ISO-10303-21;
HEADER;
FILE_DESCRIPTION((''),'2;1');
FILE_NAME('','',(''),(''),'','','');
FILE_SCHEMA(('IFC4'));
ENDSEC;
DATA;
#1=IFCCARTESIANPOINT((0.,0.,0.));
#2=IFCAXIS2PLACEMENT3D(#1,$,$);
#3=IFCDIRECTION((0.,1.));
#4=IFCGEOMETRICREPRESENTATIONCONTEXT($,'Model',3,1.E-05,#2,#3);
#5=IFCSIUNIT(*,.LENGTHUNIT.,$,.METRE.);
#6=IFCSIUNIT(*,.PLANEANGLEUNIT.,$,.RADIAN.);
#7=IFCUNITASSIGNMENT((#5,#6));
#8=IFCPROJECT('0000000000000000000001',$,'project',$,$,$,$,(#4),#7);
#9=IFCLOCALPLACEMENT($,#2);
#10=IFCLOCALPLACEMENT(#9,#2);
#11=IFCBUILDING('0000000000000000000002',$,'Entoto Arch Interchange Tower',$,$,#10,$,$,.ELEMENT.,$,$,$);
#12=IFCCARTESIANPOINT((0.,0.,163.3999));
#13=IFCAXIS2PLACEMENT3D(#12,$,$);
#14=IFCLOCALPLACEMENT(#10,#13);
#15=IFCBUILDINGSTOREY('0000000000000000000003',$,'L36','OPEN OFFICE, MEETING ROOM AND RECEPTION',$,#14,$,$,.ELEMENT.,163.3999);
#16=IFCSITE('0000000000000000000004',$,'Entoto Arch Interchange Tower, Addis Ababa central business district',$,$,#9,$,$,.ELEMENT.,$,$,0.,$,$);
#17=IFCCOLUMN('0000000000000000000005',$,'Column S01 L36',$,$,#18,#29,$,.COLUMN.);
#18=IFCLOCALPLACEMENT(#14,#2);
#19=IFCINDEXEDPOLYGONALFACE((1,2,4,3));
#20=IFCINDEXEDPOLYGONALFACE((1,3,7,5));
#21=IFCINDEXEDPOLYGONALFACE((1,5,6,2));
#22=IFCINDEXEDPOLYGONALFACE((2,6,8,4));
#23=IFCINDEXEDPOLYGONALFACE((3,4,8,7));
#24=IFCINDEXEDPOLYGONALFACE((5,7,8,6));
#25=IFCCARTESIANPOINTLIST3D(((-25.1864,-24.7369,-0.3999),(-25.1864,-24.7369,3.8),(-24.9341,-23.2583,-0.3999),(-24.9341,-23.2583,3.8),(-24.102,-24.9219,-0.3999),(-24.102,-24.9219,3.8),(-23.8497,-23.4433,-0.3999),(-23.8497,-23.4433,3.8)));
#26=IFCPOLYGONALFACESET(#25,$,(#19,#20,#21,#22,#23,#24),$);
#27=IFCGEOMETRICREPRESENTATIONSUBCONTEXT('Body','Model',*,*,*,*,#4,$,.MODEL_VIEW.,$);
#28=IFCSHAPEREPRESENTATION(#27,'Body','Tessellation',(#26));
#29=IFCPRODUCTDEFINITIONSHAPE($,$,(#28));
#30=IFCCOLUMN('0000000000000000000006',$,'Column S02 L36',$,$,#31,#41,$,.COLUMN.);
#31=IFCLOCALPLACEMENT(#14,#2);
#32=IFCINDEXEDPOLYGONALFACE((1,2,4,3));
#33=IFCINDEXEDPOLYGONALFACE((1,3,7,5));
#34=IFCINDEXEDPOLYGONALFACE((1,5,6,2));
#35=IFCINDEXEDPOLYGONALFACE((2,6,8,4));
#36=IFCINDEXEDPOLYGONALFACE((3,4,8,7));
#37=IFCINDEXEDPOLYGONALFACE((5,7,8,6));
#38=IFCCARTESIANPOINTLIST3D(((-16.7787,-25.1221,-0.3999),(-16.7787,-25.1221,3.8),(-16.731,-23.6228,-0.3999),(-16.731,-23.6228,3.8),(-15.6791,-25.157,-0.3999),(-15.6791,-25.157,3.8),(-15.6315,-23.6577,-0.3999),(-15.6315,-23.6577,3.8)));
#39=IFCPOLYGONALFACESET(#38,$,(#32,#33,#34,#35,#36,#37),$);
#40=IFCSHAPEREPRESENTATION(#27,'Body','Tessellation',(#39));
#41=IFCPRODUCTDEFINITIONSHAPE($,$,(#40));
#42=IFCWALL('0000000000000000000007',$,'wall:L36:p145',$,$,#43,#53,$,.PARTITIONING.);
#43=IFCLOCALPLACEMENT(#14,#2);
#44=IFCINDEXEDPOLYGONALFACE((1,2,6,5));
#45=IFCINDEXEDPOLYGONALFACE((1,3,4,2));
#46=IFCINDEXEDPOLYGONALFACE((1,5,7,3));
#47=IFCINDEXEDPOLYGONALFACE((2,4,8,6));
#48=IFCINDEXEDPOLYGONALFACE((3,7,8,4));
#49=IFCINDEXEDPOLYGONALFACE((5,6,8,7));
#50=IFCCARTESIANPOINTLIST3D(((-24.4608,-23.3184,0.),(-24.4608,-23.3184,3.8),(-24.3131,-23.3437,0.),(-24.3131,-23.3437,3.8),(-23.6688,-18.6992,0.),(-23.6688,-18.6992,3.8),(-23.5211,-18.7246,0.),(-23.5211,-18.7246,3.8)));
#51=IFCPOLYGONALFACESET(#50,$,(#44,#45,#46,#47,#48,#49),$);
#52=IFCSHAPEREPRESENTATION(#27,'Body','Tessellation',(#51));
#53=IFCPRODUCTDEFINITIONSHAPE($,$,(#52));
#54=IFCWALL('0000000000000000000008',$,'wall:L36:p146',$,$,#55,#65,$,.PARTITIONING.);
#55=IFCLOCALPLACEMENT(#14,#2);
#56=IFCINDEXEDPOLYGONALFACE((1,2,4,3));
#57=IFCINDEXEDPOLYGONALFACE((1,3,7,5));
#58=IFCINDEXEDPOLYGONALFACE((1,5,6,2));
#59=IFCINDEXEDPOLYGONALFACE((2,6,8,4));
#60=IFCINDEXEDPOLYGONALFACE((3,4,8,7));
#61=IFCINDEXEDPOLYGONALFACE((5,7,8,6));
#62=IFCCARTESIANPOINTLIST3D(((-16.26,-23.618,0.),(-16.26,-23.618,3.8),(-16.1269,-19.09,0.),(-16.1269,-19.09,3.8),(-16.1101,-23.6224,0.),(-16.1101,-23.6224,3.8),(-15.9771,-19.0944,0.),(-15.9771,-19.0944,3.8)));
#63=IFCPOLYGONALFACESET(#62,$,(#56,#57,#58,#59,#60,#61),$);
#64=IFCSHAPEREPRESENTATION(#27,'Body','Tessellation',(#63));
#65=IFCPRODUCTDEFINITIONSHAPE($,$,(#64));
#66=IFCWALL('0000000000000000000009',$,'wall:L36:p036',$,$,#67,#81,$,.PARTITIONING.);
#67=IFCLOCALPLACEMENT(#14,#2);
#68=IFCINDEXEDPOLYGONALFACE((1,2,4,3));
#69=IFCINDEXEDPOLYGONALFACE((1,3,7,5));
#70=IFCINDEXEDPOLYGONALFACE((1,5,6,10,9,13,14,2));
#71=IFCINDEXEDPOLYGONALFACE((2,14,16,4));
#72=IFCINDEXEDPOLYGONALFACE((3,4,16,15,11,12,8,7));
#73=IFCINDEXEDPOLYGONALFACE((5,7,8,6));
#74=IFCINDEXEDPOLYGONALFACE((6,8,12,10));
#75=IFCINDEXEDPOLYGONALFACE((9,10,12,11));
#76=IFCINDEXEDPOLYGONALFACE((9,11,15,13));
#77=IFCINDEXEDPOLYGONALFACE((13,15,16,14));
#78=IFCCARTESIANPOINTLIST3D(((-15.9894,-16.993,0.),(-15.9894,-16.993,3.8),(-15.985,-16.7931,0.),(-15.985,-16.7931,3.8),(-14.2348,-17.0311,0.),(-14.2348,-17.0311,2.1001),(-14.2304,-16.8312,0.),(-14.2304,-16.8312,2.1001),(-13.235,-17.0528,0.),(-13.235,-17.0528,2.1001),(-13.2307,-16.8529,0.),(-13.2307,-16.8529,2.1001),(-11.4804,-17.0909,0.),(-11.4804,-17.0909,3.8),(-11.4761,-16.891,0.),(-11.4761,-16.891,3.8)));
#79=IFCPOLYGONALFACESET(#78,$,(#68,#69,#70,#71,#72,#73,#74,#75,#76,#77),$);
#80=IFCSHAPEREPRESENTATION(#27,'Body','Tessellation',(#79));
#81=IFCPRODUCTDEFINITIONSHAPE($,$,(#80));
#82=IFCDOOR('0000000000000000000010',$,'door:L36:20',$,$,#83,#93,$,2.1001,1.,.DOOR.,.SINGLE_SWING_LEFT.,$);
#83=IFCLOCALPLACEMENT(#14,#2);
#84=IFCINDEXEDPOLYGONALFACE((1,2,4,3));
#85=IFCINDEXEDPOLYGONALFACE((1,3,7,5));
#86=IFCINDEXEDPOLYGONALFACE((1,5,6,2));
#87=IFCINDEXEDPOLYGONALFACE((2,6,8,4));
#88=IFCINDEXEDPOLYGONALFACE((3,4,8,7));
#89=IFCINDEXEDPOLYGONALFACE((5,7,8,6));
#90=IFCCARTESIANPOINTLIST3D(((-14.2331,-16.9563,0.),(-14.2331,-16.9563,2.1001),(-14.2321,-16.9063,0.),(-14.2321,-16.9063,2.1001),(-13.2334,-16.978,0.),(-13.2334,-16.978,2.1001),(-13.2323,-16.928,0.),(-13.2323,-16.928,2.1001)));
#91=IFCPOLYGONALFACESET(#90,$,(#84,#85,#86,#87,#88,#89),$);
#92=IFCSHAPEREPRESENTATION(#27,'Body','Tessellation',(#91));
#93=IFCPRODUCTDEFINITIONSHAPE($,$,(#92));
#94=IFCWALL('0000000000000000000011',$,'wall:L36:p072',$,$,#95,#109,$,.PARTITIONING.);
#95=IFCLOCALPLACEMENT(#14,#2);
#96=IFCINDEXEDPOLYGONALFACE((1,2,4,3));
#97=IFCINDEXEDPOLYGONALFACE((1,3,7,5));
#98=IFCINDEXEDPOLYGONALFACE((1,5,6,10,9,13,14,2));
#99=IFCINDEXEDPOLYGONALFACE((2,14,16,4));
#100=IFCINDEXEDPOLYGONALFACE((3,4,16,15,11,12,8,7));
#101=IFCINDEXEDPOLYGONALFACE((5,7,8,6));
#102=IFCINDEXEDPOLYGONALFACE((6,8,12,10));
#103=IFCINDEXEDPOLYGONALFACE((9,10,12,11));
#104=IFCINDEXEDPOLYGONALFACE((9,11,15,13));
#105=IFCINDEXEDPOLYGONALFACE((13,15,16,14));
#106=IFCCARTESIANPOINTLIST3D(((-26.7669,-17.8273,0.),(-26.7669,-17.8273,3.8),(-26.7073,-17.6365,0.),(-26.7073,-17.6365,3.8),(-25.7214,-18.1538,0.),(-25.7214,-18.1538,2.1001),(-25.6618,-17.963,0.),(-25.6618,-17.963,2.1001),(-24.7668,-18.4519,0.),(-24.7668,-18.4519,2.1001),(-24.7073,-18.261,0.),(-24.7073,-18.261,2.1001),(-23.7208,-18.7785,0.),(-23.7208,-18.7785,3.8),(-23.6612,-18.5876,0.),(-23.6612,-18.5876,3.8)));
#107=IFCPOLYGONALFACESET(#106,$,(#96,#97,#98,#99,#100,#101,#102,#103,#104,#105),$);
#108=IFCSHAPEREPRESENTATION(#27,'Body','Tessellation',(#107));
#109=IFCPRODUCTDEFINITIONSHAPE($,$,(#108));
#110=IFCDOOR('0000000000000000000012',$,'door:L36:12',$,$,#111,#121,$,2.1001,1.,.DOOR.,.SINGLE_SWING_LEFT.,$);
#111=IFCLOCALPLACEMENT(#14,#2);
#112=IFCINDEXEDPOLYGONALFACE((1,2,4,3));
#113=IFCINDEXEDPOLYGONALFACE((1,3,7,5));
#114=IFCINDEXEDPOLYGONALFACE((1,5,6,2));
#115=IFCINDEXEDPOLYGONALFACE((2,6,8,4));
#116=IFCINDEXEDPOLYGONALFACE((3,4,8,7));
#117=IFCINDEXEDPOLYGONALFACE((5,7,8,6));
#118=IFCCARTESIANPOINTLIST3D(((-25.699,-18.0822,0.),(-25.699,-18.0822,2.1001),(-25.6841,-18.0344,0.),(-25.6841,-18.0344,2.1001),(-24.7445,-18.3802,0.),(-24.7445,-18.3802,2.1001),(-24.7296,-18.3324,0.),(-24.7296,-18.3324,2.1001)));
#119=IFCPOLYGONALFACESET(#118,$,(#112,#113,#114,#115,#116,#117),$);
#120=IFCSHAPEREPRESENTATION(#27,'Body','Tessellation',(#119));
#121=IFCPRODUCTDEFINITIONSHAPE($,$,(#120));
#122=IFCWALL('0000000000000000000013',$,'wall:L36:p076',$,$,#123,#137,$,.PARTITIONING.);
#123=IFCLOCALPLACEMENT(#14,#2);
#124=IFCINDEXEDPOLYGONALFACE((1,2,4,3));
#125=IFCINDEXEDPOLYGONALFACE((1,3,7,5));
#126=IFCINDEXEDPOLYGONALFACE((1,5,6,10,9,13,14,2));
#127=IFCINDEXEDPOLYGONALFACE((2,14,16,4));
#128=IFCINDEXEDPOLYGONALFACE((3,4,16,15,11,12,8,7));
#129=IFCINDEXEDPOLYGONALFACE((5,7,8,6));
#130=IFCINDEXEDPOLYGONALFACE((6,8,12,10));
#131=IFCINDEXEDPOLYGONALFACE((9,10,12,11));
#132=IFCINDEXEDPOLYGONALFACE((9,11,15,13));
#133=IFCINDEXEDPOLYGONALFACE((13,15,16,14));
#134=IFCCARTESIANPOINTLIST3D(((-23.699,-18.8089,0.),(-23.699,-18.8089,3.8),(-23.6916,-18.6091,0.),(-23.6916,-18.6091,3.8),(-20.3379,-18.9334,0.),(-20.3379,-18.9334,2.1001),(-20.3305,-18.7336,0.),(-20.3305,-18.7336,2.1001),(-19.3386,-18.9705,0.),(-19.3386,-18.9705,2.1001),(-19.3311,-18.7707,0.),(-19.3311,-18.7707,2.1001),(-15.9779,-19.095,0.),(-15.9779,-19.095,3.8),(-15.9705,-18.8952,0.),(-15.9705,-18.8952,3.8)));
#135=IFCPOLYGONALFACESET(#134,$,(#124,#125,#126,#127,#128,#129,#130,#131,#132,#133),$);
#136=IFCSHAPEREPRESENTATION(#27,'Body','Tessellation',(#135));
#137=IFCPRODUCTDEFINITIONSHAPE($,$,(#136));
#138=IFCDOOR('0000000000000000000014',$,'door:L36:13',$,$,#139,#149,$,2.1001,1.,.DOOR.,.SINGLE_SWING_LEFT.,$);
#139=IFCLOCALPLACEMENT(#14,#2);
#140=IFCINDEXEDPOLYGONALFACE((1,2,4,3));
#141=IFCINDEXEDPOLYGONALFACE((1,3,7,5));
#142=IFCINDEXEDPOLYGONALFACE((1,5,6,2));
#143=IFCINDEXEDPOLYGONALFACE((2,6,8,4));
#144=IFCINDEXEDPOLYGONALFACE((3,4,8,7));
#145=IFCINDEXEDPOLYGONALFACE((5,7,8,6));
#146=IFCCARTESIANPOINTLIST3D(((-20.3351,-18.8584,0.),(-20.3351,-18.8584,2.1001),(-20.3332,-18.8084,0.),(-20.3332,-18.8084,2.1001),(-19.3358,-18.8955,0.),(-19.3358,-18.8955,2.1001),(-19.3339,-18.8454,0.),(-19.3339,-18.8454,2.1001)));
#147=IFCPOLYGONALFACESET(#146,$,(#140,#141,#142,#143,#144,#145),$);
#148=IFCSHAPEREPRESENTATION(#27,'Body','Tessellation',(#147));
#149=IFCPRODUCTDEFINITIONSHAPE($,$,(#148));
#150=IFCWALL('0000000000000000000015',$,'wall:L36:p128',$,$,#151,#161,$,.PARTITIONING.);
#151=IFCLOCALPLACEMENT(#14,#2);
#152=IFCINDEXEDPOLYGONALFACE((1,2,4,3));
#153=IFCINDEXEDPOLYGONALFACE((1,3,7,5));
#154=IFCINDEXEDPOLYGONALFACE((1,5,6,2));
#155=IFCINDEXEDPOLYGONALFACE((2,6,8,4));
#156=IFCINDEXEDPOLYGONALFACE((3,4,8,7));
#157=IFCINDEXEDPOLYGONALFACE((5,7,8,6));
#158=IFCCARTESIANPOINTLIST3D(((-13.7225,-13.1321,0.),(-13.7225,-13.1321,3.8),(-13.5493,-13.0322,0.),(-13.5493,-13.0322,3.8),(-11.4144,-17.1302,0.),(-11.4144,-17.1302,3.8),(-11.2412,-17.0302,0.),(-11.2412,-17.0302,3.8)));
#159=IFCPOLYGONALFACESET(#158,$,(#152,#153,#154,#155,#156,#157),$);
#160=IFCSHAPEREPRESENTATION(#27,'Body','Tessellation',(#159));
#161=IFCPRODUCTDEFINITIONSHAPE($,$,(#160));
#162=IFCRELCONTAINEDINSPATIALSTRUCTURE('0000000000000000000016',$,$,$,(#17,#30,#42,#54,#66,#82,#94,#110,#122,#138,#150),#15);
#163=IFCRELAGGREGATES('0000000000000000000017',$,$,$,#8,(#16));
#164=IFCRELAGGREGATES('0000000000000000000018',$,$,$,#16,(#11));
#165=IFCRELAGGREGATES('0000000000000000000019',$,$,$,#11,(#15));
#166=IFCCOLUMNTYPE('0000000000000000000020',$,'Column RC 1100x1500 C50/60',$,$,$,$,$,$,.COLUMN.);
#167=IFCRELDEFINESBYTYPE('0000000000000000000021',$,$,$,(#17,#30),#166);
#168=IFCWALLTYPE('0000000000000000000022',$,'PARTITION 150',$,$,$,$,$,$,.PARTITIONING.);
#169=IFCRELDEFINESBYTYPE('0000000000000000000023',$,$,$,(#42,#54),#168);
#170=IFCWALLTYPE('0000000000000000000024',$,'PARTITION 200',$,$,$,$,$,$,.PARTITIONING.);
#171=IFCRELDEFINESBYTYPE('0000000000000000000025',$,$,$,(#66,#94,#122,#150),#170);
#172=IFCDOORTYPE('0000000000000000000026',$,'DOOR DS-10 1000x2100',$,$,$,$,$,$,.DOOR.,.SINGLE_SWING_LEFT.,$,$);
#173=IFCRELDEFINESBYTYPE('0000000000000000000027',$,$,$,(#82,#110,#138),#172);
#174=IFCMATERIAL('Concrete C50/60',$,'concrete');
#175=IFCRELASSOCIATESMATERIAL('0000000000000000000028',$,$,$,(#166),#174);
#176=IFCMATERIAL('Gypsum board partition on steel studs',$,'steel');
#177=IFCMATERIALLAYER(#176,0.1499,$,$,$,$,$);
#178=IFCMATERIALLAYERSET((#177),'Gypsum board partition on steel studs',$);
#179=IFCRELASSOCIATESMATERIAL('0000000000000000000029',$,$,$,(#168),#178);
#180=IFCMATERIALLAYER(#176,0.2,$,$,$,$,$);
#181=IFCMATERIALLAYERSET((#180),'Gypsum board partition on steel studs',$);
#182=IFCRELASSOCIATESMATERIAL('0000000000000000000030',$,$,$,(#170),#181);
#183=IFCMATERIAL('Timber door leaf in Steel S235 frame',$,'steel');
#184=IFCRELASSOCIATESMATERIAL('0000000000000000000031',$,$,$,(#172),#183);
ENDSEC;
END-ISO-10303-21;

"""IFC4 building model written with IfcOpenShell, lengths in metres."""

from ifc_helpers import new_model, si_unit, direction, frame, frame_2d, origin, origin_2d, place, context, subcontext, project, spatial, rectangle, extrude, material, layer, layer_set, material_profile, profile_set, type_object, element, fill, save


model = new_model("IFC4")

# Units and contexts
model_context = context("Model", 3, precision=1e-05, world=origin(), true_north=direction((0.0, 1.0)))
body_context = subcontext(model_context, "Body", "Model", "MODEL_VIEW")
ifc_project = project(units=[si_unit("LENGTHUNIT", "METRE"), si_unit("PLANEANGLEUNIT", "RADIAN")], contexts=[model_context])

# Site, building, storey
site_placement = place(None, origin())
site = spatial("IfcSite", under=ifc_project, at=site_placement, Name="Entoto Arch Interchange Tower, Addis Ababa central business district", CompositionType="ELEMENT", RefElevation=0.0)
building_placement = place(site_placement, origin())
building = spatial("IfcBuilding", under=site, at=building_placement, Name="Entoto Arch Interchange Tower", CompositionType="ELEMENT")
storey_placement = place(building_placement, frame((0.0, 0.0, 163.3999)))
storey = spatial("IfcBuildingStorey", under=building, at=storey_placement, Name="L36", Description="OPEN OFFICE, MEETING ROOM AND RECEPTION", CompositionType="ELEMENT", Elevation=163.3999)

# Columns
ifc_material_1 = material(Name="Concrete C50/60", Category="concrete")
ifc_material_profile = material_profile(ifc_material_1, rectangle(XDim=1.1001, YDim=1.5, at=origin_2d()))
ifc_profile_set = profile_set([ifc_material_profile], Name="Concrete C50/60")
column_type = type_object("IfcColumnType", Name="Column RC 1100x1500 C50/60", PredefinedType="COLUMN", material=ifc_profile_set)
for number, where, z_axis, x_axis, name in (
    (1, (-24.5181, -24.0901, -0.3999), (0.0, 0.0, 1.0), (-0.985753, 0.168197, 0.0), "Column S01 L36"),
    (2, (-16.2051, -24.3899, -0.3999), (0.0, 0.0, 1.0), (-0.999496, 0.031742, 0.0), "Column S02 L36"),
):
    element("IfcColumn", number, at=place(storey_placement, frame(where, z_axis=z_axis, x_axis=x_axis)), inside=storey, type_object=column_type, Name=name, PredefinedType="COLUMN", context=body_context, shape_type="SweptSolid", body=[
        extrude(rectangle(XDim=1.1001, YDim=1.5, at=origin_2d()), origin(), (0.0, 0.0, 1.0), 4.2),
    ])

# Walls
ifc_material_2 = material(Name="Gypsum board partition on steel studs", Category="steel")
ifc_layer_1 = layer(ifc_material_2, 0.1499)
ifc_layer_set_1 = layer_set([ifc_layer_1], Name="Gypsum board partition on steel studs")
wall_type_1 = type_object("IfcWallType", Name="PARTITION 150", PredefinedType="PARTITIONING", material=ifc_layer_set_1)
wall_1_placement = place(storey_placement, frame((-23.595, -18.7119, 0.0), z_axis=(0.0, 0.0, 1.0), x_axis=(-0.168993, -0.985617, 0.0)))
element("IfcWall", 3, at=wall_1_placement, inside=storey, type_object=wall_type_1, Name="wall:L36:p145", PredefinedType="PARTITIONING", context=body_context, shape_type="SweptSolid", body=[
    extrude(rectangle(XDim=4.6865, YDim=0.1499, at=frame_2d((2.3433, 0.0))), origin(), (0.0, 0.0, 1.0), 3.8),
])
wall_2_placement = place(storey_placement, frame((-16.052, -19.092, 0.0), z_axis=(0.0, 0.0, 1.0), x_axis=(-0.029372, -0.999569, 0.0)))
element("IfcWall", 4, at=wall_2_placement, inside=storey, type_object=wall_type_1, Name="wall:L36:p146", PredefinedType="PARTITIONING", context=body_context, shape_type="SweptSolid", body=[
    extrude(rectangle(XDim=4.53, YDim=0.1499, at=frame_2d((2.2651, 0.0))), origin(), (0.0, 0.0, 1.0), 3.8),
])

# Walls, openings, doors
ifc_layer_2 = layer(ifc_material_2, 0.2)
ifc_layer_set_2 = layer_set([ifc_layer_2], Name="Gypsum board partition on steel studs")
wall_type_2 = type_object("IfcWallType", Name="PARTITION 200", PredefinedType="PARTITIONING", material=ifc_layer_set_2)
wall_3_placement = place(storey_placement, frame((-15.9871, -16.8931, 0.0), z_axis=(0.0, 0.0, 1.0), x_axis=(0.999764, -0.021707, 0.0)))
wall_3 = element("IfcWall", 5, at=wall_3_placement, inside=storey, type_object=wall_type_2, Name="wall:L36:p036", PredefinedType="PARTITIONING", context=body_context, shape_type="SweptSolid", body=[
    extrude(rectangle(XDim=4.51, YDim=0.2, at=frame_2d((2.2549, 0.0))), origin(), (0.0, 0.0, 1.0), 3.8),
])
opening_1_placement = place(wall_3_placement, frame((1.7549, 0.0, 0.0)))
opening_1 = element("IfcOpeningElement", 6, at=opening_1_placement, cuts=wall_3, PredefinedType="OPENING", context=body_context, shape_type="SweptSolid", body=[
    extrude(rectangle(XDim=1.0, YDim=2.1001, at=frame_2d((0.5, 1.05))), frame((0.0, 0.1099, 0.0), z_axis=(0.0, -1.0, 0.0), x_axis=(1.0, 0.0, 0.0)), (0.0, 0.0, 1.0), 0.22),
])
ifc_material_3 = material(Name="Timber door leaf in Steel S235 frame", Category="steel")
door_type = type_object("IfcDoorType", Name="DOOR DS-10 1000x2100", OperationType="SINGLE_SWING_LEFT", PredefinedType="DOOR", material=ifc_material_3)
door_1_placement = place(opening_1_placement, origin())
door_1 = element("IfcDoor", 7, at=door_1_placement, inside=storey, type_object=door_type, Name="door:L36:20", OperationType="SINGLE_SWING_LEFT", OverallHeight=2.1001, OverallWidth=1.0, PredefinedType="DOOR", context=body_context, shape_type="SweptSolid", body=[
    extrude(rectangle(XDim=1.0, YDim=2.1001, at=frame_2d((0.5, 1.05))), frame((0.0, 0.0249, 0.0), z_axis=(0.0, -1.0, 0.0), x_axis=(1.0, 0.0, 0.0)), (0.0, 0.0, 1.0), 0.05),
])
fill(opening_1, door_1)
wall_4_placement = place(storey_placement, frame((-23.6909, -18.6831, 0.0), z_axis=(0.0, 0.0, 1.0), x_axis=(-0.954547, 0.298062, 0.0)))
wall_4 = element("IfcWall", 8, at=wall_4_placement, inside=storey, type_object=wall_type_2, Name="wall:L36:p072", PredefinedType="PARTITIONING", context=body_context, shape_type="SweptSolid", body=[
    extrude(rectangle(XDim=3.1912, YDim=0.2, at=frame_2d((1.5957, 0.0))), origin(), (0.0, 0.0, 1.0), 3.8),
])
opening_2_placement = place(wall_4_placement, frame((1.0959, 0.0, 0.0)))
opening_2 = element("IfcOpeningElement", 9, at=opening_2_placement, cuts=wall_4, PredefinedType="OPENING", context=body_context, shape_type="SweptSolid", body=[
    extrude(rectangle(XDim=1.0, YDim=2.1001, at=frame_2d((0.5, 1.05))), frame((0.0, 0.1099, 0.0), z_axis=(0.0, -1.0, 0.0), x_axis=(1.0, 0.0, 0.0)), (0.0, 0.0, 1.0), 0.22),
])
door_2_placement = place(opening_2_placement, origin())
door_2 = element("IfcDoor", 10, at=door_2_placement, inside=storey, type_object=door_type, Name="door:L36:12", OperationType="SINGLE_SWING_LEFT", OverallHeight=2.1001, OverallWidth=1.0, PredefinedType="DOOR", context=body_context, shape_type="SweptSolid", body=[
    extrude(rectangle(XDim=1.0, YDim=2.1001, at=frame_2d((0.5, 1.05))), frame((0.0, 0.0249, 0.0), z_axis=(0.0, -1.0, 0.0), x_axis=(1.0, 0.0, 0.0)), (0.0, 0.0, 1.0), 0.05),
])
fill(opening_2, door_2)
wall_5_placement = place(storey_placement, frame((-15.9741, -18.9951, 0.0), z_axis=(0.0, 0.0, 1.0), x_axis=(-0.999314, 0.037034, 0.0)))
wall_5 = element("IfcWall", 11, at=wall_5_placement, inside=storey, type_object=wall_type_2, Name="wall:L36:p076", PredefinedType="PARTITIONING", context=body_context, shape_type="SweptSolid", body=[
    extrude(rectangle(XDim=7.7263, YDim=0.2, at=frame_2d((3.8633, 0.0))), origin(), (0.0, 0.0, 1.0), 3.8),
])
opening_3_placement = place(wall_5_placement, frame((3.363, 0.0, 0.0)))
opening_3 = element("IfcOpeningElement", 12, at=opening_3_placement, cuts=wall_5, PredefinedType="OPENING", context=body_context, shape_type="SweptSolid", body=[
    extrude(rectangle(XDim=1.0, YDim=2.1001, at=frame_2d((0.5, 1.05))), frame((0.0, 0.1099, 0.0), z_axis=(0.0, -1.0, 0.0), x_axis=(1.0, 0.0, 0.0)), (0.0, 0.0, 1.0), 0.22),
])
door_3_placement = place(opening_3_placement, origin())
door_3 = element("IfcDoor", 13, at=door_3_placement, inside=storey, type_object=door_type, Name="door:L36:13", OperationType="SINGLE_SWING_LEFT", OverallHeight=2.1001, OverallWidth=1.0, PredefinedType="DOOR", context=body_context, shape_type="SweptSolid", body=[
    extrude(rectangle(XDim=1.0, YDim=2.1001, at=frame_2d((0.5, 1.05))), frame((0.0, 0.0249, 0.0), z_axis=(0.0, -1.0, 0.0), x_axis=(1.0, 0.0, 0.0)), (0.0, 0.0, 1.0), 0.05),
])
fill(opening_3, door_3)

# Wall
wall_6_placement = place(storey_placement, frame((-11.3279, -17.0801, 0.0), z_axis=(0.0, 0.0, 1.0), x_axis=(-0.499973, 0.866041, 0.0)))
element("IfcWall", 14, at=wall_6_placement, inside=storey, type_object=wall_type_2, Name="wall:L36:p128", PredefinedType="PARTITIONING", context=body_context, shape_type="SweptSolid", body=[
    extrude(rectangle(XDim=4.6165, YDim=0.2, at=frame_2d((2.3081, 0.0))), origin(), (0.0, 0.0, 1.0), 3.8),
])

save(model, "model.ifc")
